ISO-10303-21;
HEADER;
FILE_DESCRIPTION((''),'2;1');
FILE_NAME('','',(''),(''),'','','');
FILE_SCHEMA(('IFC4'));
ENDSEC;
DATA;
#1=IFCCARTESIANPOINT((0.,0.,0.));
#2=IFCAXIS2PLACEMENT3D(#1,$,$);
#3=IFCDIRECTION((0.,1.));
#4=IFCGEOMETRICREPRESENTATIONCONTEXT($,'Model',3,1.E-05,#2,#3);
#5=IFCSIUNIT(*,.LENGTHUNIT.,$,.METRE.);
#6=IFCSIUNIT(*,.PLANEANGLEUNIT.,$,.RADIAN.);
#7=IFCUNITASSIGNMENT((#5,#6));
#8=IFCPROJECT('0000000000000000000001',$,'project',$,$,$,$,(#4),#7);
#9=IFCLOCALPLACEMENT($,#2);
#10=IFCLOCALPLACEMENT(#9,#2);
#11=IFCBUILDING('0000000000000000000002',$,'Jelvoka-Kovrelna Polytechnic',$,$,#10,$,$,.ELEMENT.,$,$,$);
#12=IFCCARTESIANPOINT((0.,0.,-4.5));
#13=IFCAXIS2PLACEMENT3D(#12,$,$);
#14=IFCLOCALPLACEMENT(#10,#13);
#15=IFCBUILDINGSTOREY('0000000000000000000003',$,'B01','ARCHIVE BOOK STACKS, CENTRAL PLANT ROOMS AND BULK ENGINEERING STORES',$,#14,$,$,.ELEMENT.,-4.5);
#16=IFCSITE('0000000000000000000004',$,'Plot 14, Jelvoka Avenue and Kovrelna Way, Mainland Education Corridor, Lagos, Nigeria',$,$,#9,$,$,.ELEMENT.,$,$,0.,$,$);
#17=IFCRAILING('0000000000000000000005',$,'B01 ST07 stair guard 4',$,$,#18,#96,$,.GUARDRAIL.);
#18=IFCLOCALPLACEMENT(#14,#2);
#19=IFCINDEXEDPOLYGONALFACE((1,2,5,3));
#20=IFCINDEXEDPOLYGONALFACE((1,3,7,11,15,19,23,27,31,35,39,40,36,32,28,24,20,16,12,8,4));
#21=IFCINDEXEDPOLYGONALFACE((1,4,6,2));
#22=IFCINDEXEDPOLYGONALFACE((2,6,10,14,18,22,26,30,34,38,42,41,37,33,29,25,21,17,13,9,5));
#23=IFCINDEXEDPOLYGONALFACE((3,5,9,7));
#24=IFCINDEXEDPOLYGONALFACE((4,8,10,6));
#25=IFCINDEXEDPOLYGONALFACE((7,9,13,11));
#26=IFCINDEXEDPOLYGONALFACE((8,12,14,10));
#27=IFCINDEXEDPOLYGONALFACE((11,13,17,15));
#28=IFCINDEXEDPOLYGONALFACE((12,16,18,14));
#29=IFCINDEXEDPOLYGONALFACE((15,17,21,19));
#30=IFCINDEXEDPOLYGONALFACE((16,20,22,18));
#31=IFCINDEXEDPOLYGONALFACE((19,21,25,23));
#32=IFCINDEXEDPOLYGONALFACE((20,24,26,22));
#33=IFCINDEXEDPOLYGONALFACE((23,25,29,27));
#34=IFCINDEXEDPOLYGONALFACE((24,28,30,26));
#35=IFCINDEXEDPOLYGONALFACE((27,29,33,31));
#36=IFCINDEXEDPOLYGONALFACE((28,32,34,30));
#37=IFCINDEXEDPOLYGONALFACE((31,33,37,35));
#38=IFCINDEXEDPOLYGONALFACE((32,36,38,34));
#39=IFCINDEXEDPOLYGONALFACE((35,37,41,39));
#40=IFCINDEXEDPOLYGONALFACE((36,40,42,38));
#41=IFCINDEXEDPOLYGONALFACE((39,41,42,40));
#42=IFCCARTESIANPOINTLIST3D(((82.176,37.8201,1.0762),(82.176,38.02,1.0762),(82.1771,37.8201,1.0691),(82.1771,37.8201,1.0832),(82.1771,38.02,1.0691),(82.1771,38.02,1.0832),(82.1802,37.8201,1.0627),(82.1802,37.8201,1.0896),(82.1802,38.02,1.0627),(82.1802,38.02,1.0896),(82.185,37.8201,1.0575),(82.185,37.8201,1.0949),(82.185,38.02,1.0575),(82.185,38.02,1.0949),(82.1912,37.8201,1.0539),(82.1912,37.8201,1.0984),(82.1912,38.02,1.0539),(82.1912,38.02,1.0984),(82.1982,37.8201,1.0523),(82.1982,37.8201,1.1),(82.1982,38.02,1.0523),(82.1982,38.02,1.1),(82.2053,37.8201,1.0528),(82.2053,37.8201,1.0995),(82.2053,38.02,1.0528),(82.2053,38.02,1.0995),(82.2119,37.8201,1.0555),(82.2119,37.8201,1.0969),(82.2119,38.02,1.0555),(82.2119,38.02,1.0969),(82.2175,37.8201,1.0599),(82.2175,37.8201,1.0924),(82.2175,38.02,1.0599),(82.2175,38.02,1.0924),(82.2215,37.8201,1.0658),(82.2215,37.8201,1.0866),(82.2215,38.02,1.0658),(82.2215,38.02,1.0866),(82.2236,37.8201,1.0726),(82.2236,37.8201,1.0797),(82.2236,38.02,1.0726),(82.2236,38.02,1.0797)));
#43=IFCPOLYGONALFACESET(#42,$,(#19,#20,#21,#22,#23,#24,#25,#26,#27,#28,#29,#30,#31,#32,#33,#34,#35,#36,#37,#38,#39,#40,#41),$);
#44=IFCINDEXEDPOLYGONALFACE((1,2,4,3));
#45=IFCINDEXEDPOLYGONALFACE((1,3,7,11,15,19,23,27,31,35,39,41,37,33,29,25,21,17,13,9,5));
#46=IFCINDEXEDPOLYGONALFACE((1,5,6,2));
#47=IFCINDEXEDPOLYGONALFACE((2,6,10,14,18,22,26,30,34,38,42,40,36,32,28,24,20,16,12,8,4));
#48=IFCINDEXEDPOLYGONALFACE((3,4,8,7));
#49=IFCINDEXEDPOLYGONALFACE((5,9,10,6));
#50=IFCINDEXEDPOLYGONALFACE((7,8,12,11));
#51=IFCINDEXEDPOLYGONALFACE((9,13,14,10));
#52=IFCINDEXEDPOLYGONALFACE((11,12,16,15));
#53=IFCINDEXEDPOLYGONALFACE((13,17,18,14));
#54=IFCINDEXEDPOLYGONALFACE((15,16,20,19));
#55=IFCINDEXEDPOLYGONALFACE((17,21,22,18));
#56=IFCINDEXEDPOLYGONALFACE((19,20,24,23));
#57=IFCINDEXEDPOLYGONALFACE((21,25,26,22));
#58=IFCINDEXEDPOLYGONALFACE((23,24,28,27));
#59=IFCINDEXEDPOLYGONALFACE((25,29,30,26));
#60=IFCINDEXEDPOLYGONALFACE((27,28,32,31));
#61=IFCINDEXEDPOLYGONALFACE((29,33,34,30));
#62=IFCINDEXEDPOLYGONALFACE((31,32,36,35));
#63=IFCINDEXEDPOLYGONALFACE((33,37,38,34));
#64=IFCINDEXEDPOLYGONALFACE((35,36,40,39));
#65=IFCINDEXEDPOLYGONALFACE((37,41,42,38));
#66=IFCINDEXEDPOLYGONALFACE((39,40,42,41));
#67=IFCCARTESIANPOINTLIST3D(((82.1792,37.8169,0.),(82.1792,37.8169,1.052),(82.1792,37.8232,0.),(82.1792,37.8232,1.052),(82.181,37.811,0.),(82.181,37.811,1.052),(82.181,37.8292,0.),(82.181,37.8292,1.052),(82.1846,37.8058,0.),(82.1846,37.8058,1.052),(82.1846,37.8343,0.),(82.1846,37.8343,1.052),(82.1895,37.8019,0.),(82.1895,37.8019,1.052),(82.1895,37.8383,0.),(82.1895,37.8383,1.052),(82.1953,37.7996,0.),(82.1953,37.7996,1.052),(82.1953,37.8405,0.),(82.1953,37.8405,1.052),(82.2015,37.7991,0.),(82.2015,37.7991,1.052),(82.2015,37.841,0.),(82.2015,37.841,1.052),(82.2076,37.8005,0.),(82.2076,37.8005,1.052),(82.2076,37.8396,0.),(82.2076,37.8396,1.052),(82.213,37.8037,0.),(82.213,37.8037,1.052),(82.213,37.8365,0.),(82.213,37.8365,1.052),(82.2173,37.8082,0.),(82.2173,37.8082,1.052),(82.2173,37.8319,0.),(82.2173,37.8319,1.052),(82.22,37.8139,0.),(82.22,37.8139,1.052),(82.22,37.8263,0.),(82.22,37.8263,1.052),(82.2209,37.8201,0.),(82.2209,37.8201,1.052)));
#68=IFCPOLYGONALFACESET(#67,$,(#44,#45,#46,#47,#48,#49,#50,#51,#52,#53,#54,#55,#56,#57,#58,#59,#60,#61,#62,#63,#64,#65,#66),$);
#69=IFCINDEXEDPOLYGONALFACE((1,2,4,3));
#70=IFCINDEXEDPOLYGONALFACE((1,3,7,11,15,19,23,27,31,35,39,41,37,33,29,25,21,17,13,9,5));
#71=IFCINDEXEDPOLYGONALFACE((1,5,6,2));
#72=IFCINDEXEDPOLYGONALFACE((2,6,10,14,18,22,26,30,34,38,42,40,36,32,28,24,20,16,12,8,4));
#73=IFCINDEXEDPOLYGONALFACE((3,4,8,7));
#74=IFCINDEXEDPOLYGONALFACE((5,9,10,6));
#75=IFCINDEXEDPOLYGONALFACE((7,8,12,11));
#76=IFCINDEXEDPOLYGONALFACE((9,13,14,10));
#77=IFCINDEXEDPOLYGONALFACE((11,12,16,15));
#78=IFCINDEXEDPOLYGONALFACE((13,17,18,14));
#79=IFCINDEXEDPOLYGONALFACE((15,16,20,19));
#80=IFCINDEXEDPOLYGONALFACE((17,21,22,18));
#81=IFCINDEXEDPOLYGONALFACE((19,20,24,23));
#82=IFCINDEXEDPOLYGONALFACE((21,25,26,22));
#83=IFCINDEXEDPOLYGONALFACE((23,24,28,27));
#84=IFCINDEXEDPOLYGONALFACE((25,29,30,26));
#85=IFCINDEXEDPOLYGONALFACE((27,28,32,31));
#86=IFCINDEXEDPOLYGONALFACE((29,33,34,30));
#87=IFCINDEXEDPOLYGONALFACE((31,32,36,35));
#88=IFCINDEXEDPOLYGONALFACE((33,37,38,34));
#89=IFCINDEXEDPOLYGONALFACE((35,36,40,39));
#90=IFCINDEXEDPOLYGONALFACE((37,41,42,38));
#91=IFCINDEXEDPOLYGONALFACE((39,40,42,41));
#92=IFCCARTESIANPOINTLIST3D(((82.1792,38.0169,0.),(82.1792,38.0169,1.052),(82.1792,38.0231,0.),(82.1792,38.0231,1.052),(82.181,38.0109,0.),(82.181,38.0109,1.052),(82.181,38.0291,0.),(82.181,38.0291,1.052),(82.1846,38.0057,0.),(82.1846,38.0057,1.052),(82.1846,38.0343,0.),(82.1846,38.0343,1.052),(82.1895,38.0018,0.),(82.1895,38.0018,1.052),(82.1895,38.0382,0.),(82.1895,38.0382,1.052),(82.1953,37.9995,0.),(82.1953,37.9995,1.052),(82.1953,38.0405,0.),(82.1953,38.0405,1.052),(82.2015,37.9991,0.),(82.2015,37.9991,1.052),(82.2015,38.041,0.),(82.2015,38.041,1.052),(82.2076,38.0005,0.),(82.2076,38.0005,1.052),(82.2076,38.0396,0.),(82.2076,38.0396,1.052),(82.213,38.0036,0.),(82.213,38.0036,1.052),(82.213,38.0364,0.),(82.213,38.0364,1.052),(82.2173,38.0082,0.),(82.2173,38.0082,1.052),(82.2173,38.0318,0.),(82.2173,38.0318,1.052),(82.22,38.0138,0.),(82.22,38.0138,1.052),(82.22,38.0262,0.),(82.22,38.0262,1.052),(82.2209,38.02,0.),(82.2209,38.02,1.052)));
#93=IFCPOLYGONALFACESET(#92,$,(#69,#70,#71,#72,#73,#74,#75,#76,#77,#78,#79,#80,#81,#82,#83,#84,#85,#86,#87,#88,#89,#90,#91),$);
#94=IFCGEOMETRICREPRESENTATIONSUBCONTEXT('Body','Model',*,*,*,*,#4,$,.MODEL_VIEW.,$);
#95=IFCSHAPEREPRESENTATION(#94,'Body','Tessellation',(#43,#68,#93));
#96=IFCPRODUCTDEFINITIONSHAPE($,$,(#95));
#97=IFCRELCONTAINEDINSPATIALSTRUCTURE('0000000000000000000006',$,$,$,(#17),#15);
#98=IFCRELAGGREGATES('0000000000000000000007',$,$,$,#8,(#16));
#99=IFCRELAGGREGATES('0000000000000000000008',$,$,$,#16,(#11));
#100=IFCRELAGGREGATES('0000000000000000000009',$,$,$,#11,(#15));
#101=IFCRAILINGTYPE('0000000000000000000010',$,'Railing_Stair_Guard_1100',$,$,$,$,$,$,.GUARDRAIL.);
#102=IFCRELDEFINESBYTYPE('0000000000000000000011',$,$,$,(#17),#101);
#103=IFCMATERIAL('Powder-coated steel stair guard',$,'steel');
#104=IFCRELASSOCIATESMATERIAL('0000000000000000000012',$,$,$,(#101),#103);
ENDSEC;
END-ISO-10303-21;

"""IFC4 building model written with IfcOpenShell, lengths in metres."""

from ifc_helpers import new_model, si_unit, direction, frame, origin, origin_2d, place, context, subcontext, project, spatial, circle, extrude, material, type_object, element, save


model = new_model("IFC4")

# Units and contexts
model_context = context("Model", 3, precision=1e-05, world=origin(), true_north=direction((0.0, 1.0)))
body_context = subcontext(model_context, "Body", "Model", "MODEL_VIEW")
ifc_project = project(units=[si_unit("LENGTHUNIT", "METRE"), si_unit("PLANEANGLEUNIT", "RADIAN")], contexts=[model_context])

# Site, building, storey
site_placement = place(None, origin())
site = spatial("IfcSite", under=ifc_project, at=site_placement, Name="Plot 14, Jelvoka Avenue and Kovrelna Way, Mainland Education Corridor, Lagos, Nigeria", CompositionType="ELEMENT", RefElevation=0.0)
building_placement = place(site_placement, origin())
building = spatial("IfcBuilding", under=site, at=building_placement, Name="Jelvoka-Kovrelna Polytechnic", CompositionType="ELEMENT")
storey_placement = place(building_placement, frame((0.0, 0.0, -4.5)))
storey = spatial("IfcBuildingStorey", under=building, at=storey_placement, Name="B01", Description="ARCHIVE BOOK STACKS, CENTRAL PLANT ROOMS AND BULK ENGINEERING STORES", CompositionType="ELEMENT", Elevation=-4.5)

# Railing
ifc_material_1 = material(Name="Powder-coated steel stair guard", Category="steel")
railing_type_1 = type_object("IfcRailingType", Name="Railing_Stair_Guard_1100", PredefinedType="GUARDRAIL", material=ifc_material_1)
railing_1_placement = place(storey_placement, frame((82.2, 37.8201, 0.0)))
element("IfcRailing", 1, at=railing_1_placement, inside=storey, type_object=railing_type_1, Name="B01 ST07 stair guard 4", PredefinedType="GUARDRAIL", context=body_context, shape_type="SweptSolid", body=[
    extrude(circle(Radius=0.0239, at=origin_2d()), frame((0.0, 0.0, 1.0762), z_axis=(0.0, 1.0, 0.0), x_axis=(-1.0, 0.0, 0.0)), (0.0, 0.0, 1.0), 0.2),
    extrude(circle(Radius=0.021, at=origin_2d()), origin(), (0.0, 0.0, 1.0), 1.052),
    extrude(circle(Radius=0.021, at=origin_2d()), frame((0.0, 0.2, 0.0)), (0.0, 0.0, 1.0), 1.052),
])

save(model, "model.ifc")
